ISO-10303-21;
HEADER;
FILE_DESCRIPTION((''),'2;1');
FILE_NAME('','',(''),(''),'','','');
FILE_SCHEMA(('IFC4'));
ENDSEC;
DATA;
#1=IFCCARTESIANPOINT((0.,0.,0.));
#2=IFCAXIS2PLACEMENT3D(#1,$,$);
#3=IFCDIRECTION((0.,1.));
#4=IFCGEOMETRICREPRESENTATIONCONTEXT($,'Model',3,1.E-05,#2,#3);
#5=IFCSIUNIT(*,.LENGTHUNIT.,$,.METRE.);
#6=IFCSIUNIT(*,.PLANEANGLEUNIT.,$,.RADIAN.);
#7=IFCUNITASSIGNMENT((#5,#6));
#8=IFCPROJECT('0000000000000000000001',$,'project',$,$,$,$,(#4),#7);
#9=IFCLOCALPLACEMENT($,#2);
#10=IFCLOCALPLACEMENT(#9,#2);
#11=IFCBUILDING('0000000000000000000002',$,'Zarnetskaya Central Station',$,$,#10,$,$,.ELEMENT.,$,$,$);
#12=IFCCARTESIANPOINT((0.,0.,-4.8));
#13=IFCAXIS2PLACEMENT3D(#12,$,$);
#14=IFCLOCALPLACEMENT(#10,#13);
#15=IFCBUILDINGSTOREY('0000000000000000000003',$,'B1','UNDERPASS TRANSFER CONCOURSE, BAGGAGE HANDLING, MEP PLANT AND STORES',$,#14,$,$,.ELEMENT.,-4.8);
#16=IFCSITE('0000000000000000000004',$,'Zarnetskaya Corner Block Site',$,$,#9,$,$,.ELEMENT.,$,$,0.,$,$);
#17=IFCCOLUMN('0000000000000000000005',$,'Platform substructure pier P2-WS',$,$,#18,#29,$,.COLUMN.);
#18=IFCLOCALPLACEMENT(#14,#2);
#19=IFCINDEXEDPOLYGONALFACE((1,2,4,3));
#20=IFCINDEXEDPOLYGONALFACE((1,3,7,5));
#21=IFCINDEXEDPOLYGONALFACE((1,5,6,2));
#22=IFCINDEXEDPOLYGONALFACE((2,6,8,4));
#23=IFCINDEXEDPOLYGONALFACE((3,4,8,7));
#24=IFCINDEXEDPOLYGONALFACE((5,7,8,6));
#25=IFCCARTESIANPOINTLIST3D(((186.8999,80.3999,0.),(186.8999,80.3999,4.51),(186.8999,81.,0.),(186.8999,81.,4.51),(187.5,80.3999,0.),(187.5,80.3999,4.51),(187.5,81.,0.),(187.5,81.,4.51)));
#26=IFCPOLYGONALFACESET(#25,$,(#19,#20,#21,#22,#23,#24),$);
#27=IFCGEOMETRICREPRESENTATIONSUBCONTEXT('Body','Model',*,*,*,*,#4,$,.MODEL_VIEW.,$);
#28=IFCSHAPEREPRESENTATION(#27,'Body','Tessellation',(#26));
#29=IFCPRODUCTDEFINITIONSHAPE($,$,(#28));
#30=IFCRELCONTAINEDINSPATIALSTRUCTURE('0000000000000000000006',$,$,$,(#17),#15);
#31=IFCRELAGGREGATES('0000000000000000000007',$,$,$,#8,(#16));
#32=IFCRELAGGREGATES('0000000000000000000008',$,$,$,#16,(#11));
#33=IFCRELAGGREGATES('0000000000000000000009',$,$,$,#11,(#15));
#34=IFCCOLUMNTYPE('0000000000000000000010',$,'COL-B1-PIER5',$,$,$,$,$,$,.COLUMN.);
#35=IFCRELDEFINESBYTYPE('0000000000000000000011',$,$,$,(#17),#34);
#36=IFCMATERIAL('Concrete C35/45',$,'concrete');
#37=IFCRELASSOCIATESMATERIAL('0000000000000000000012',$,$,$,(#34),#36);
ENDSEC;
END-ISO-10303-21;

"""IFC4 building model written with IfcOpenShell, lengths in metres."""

from ifc_helpers import new_model, si_unit, direction, frame, origin, origin_2d, place, context, subcontext, project, spatial, rectangle, extrude, material, material_profile, profile_set, type_object, element, save


model = new_model("IFC4")

# Units and contexts
model_context = context("Model", 3, precision=1e-05, world=origin(), true_north=direction((0.0, 1.0)))
body_context = subcontext(model_context, "Body", "Model", "MODEL_VIEW")
ifc_project = project(units=[si_unit("LENGTHUNIT", "METRE"), si_unit("PLANEANGLEUNIT", "RADIAN")], contexts=[model_context])

# Site, building, storey
site_placement = place(None, origin())
site = spatial("IfcSite", under=ifc_project, at=site_placement, Name="Zarnetskaya Corner Block Site", CompositionType="ELEMENT", RefElevation=0.0)
building_placement = place(site_placement, origin())
building = spatial("IfcBuilding", under=site, at=building_placement, Name="Zarnetskaya Central Station", CompositionType="ELEMENT")
storey_placement = place(building_placement, frame((0.0, 0.0, -4.8)))
storey = spatial("IfcBuildingStorey", under=building, at=storey_placement, Name="B1", Description="UNDERPASS TRANSFER CONCOURSE, BAGGAGE HANDLING, MEP PLANT AND STORES", CompositionType="ELEMENT", Elevation=-4.8)

# Shared definitions
ifc_material = material(Name="Concrete C35/45", Category="concrete")

# Column
ifc_material_profile_1 = material_profile(ifc_material, rectangle(XDim=0.6001, YDim=0.6001, at=origin_2d()), Name="RC 600x600")
ifc_profile_set_1 = profile_set([ifc_material_profile_1], Name="Concrete C35/45")
column_type_1 = type_object("IfcColumnType", Name="COL-B1-PIER5", PredefinedType="COLUMN", material=ifc_profile_set_1)
for number, where, z_axis, x_axis, name in (
    (1, (187.2, 80.7, 0.0), (0.0, 0.0, 1.0), (1.0, 0.0, 0.0), "Platform substructure pier P2-WS"),
):
    element("IfcColumn", number, at=place(storey_placement, frame(where, z_axis=z_axis, x_axis=x_axis)), inside=storey, type_object=column_type_1, Name=name, PredefinedType="COLUMN", context=body_context, shape_type="SweptSolid", body=[
        extrude(rectangle(XDim=0.6001, YDim=0.6001, at=origin_2d()), origin(), (0.0, 0.0, 1.0), 4.51),
    ])

save(model, "model.ifc")
